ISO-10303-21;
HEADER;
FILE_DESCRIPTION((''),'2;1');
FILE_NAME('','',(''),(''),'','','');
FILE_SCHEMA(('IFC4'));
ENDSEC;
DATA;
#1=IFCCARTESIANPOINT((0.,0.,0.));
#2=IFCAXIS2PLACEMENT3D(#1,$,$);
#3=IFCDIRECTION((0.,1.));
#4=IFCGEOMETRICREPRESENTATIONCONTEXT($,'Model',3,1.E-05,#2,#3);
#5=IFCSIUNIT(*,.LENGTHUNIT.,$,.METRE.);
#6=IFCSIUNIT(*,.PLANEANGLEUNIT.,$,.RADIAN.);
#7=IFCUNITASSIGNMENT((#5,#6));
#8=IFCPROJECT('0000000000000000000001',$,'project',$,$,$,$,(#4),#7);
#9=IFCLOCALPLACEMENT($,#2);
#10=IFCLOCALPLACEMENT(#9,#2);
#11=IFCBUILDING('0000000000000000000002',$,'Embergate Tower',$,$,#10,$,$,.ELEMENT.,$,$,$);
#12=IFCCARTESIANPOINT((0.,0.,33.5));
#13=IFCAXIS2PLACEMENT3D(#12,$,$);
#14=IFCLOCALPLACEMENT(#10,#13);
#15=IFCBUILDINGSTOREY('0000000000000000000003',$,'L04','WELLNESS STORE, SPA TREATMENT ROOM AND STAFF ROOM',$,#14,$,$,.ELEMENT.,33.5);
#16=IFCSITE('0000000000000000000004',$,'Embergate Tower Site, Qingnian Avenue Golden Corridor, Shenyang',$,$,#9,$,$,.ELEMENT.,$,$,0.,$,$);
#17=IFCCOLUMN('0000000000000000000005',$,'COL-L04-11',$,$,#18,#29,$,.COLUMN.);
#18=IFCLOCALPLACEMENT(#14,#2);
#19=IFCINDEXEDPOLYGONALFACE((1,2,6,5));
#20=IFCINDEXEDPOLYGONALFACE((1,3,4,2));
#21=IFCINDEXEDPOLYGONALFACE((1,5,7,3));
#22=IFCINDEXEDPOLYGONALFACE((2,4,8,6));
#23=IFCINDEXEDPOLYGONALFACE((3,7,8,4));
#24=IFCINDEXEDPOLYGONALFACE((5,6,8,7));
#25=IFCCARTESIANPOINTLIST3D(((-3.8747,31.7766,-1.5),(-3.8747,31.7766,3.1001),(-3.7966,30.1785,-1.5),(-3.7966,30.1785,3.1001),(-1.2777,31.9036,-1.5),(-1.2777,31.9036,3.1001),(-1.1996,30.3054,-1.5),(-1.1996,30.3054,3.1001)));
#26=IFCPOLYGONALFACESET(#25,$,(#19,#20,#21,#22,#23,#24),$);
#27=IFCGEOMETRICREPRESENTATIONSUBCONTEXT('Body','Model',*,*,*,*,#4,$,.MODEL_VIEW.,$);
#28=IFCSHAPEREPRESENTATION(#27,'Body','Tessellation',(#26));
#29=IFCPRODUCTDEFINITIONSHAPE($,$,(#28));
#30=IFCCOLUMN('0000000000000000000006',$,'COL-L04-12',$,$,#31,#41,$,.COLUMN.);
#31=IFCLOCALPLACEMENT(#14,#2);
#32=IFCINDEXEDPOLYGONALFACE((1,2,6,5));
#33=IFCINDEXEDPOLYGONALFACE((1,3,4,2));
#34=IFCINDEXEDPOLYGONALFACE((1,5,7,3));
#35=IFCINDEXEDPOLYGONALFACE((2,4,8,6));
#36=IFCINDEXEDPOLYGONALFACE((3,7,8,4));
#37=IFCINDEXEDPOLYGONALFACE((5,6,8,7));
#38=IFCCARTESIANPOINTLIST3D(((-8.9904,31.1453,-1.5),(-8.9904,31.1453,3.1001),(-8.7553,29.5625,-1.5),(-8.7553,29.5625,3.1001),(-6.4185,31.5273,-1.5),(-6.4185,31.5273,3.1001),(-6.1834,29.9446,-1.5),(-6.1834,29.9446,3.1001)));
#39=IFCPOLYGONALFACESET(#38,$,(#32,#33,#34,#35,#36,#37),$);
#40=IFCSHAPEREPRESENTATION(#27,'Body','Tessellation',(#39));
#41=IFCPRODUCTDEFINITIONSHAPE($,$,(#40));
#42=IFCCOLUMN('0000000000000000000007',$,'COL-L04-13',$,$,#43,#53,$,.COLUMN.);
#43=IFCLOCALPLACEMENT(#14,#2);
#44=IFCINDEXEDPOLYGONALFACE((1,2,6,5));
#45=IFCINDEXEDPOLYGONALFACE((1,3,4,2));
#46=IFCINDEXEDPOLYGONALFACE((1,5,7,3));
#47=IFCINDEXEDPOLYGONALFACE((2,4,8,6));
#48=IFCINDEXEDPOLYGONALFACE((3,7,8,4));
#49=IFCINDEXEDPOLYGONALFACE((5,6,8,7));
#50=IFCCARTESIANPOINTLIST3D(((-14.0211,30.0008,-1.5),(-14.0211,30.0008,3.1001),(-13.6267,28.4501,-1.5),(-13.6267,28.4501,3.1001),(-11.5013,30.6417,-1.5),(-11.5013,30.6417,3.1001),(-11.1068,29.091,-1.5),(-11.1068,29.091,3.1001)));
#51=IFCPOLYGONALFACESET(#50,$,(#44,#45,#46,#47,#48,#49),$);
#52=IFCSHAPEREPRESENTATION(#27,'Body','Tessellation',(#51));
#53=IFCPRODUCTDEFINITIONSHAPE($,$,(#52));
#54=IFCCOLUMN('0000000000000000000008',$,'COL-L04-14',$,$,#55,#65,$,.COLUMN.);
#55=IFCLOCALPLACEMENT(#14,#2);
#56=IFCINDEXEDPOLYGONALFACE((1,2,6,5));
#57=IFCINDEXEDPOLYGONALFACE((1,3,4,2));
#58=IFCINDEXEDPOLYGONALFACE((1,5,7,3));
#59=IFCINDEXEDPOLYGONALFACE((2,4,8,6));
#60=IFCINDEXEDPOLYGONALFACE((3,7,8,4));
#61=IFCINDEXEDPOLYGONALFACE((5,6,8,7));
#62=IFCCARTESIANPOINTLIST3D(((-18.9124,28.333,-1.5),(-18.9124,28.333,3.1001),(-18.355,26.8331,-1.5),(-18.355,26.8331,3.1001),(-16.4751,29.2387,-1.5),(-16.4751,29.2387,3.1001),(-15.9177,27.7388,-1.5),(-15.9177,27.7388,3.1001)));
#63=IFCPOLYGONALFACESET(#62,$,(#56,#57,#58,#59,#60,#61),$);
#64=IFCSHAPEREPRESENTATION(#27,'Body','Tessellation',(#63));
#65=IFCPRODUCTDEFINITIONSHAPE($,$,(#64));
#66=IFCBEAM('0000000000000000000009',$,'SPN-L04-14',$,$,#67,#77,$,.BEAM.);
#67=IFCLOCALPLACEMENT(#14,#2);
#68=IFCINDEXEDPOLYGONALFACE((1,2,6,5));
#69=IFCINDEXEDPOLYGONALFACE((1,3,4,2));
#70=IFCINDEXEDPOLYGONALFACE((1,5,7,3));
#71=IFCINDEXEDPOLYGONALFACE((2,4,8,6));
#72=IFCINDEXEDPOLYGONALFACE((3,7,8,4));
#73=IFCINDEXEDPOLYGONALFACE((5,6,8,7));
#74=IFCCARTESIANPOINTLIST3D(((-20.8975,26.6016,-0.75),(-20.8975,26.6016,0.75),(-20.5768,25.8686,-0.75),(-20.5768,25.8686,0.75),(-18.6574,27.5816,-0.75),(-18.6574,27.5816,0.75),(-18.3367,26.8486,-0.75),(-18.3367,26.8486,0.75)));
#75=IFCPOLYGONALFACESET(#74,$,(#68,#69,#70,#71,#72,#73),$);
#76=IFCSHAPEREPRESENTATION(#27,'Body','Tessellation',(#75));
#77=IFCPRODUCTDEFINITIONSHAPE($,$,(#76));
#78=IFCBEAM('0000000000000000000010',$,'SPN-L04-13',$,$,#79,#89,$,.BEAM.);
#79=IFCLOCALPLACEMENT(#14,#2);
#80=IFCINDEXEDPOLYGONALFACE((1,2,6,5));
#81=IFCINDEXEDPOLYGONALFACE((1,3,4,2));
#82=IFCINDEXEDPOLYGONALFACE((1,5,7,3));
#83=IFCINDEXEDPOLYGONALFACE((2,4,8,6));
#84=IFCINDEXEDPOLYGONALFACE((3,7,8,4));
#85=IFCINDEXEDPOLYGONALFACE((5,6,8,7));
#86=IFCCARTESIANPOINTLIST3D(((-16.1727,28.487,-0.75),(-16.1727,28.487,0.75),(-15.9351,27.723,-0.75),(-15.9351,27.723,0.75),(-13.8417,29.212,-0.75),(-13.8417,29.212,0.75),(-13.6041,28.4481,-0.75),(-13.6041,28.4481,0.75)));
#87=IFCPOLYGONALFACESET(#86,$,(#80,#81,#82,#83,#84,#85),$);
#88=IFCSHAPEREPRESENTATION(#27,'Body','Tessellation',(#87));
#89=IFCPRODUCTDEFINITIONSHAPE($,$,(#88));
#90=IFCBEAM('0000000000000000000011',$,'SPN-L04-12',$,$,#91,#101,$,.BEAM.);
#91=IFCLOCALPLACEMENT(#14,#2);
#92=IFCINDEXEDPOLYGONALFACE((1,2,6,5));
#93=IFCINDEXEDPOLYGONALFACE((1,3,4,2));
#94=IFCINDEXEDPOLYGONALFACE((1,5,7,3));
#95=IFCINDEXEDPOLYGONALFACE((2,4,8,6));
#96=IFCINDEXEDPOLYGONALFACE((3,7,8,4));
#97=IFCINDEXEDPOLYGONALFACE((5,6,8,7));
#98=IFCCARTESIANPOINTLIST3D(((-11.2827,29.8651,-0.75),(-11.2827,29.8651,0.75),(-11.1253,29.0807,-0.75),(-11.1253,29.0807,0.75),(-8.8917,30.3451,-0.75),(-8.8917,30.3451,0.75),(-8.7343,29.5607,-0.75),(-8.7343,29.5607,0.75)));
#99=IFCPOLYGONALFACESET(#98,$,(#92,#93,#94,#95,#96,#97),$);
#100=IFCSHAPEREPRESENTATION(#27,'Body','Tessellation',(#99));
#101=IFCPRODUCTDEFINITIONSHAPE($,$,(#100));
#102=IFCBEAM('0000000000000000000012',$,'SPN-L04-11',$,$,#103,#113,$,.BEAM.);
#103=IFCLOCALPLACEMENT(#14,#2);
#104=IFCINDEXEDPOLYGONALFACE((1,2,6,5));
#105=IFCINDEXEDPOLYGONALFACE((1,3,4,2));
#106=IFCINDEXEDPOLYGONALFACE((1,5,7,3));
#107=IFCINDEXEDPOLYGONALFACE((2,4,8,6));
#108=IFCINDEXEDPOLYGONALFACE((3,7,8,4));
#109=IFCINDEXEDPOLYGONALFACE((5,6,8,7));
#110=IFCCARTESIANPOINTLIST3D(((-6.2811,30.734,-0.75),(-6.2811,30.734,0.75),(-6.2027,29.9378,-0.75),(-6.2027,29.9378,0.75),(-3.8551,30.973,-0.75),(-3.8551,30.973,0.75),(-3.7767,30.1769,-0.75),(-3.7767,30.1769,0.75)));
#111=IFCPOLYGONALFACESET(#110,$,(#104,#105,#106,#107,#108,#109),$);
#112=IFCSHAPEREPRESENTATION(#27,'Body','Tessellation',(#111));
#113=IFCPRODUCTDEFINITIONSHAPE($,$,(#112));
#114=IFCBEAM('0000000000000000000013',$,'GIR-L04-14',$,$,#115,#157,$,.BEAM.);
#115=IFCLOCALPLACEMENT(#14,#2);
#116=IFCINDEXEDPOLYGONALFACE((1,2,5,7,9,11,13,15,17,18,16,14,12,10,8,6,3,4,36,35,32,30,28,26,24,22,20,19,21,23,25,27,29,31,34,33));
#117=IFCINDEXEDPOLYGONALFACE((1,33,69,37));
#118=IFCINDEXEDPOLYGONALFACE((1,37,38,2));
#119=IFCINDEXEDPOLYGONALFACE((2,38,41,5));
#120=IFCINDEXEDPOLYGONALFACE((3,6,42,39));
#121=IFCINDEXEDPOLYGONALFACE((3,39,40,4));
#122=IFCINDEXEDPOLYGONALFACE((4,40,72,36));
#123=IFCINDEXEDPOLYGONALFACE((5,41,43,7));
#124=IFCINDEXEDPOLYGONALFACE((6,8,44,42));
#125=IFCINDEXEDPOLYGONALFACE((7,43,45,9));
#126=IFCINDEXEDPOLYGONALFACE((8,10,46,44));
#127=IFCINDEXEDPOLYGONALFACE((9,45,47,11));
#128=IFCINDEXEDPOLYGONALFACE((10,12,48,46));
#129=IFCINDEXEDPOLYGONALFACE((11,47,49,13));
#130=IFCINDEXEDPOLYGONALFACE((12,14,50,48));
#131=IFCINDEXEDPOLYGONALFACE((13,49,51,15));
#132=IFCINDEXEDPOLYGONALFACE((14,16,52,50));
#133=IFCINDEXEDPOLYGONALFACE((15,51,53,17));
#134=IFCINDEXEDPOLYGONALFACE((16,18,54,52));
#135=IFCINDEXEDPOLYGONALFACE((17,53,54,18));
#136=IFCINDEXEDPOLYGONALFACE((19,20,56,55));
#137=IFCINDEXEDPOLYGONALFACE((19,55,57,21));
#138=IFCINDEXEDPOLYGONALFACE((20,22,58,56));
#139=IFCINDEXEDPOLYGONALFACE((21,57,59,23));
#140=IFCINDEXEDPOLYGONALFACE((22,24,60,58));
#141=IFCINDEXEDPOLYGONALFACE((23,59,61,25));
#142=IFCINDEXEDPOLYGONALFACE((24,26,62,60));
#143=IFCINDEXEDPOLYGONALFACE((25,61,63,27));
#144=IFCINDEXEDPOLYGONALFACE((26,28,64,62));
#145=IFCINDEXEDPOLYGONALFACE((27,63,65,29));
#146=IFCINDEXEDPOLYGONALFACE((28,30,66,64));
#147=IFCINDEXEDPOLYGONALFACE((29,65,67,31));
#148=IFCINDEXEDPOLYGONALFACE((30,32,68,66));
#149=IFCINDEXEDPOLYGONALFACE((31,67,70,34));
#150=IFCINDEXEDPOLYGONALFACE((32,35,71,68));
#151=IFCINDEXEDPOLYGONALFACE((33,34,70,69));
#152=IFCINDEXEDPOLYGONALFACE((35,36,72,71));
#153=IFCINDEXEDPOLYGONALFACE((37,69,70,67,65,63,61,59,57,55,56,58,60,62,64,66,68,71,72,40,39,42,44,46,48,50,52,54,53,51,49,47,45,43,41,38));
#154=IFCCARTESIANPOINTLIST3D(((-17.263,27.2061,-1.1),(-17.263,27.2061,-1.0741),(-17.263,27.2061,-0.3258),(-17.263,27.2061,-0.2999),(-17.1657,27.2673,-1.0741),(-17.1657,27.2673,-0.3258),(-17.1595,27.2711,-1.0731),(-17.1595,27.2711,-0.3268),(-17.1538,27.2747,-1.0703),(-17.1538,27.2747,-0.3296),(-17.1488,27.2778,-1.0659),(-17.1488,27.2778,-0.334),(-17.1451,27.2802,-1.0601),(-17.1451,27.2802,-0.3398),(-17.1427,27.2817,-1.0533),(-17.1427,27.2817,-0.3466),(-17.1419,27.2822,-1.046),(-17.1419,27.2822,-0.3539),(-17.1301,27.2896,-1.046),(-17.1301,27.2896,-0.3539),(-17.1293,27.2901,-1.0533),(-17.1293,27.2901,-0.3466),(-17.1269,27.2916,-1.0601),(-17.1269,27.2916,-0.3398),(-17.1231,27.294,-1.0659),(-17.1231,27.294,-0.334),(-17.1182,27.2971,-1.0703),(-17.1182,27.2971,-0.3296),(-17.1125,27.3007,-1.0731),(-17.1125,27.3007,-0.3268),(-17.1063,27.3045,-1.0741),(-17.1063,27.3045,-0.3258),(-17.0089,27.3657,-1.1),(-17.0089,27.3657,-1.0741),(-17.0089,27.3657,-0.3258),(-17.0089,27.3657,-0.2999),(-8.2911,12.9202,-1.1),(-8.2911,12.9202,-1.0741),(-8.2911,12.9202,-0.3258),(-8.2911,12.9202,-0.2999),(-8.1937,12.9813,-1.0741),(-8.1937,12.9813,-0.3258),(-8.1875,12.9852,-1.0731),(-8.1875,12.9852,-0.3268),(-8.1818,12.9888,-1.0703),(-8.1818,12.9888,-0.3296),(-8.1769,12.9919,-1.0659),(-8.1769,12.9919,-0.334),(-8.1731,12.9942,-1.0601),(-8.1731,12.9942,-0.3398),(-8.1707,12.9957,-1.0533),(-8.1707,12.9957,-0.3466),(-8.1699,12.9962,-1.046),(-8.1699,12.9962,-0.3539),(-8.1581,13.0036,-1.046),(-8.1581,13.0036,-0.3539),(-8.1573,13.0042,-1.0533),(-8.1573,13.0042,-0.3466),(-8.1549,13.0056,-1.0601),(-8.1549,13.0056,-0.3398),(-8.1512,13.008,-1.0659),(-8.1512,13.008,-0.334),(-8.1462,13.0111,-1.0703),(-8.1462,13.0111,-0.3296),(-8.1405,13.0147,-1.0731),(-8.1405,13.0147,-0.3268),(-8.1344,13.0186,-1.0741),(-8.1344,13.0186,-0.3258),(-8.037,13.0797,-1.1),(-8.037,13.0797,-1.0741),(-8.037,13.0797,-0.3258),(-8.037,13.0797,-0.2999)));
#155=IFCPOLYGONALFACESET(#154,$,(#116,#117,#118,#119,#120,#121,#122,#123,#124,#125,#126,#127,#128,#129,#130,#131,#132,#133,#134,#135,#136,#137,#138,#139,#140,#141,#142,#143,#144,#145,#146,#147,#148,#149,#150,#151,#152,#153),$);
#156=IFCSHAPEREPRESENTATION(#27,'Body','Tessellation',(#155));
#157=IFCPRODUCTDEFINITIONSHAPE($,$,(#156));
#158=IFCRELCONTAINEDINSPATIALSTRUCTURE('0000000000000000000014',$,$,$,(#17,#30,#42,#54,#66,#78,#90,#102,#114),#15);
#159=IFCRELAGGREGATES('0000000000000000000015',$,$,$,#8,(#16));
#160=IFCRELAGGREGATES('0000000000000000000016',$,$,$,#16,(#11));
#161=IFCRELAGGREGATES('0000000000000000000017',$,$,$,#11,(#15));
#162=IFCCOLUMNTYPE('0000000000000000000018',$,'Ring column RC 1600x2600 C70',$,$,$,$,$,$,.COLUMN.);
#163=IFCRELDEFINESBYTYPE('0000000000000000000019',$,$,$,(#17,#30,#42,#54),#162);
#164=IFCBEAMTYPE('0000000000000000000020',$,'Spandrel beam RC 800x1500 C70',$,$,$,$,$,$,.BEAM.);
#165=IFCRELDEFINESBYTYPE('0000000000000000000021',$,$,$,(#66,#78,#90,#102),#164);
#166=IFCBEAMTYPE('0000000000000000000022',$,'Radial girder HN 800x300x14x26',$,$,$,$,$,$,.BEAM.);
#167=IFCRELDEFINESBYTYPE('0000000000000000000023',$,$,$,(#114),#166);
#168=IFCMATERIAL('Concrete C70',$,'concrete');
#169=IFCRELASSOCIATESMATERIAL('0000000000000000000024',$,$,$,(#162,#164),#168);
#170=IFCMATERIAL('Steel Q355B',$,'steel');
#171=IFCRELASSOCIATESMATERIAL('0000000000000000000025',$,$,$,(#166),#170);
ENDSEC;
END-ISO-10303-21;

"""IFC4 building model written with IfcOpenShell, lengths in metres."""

from ifc_helpers import new_model, si_unit, direction, frame, origin, origin_2d, place, context, subcontext, project, spatial, rectangle, i_section, extrude, source, transform, mapped, material, material_profile, profile_set, type_object, element, save


model = new_model("IFC4")

# Units and contexts
model_context = context("Model", 3, precision=1e-05, world=origin(), true_north=direction((0.0, 1.0)))
body_context = subcontext(model_context, "Body", "Model", "MODEL_VIEW")
ifc_project = project(units=[si_unit("LENGTHUNIT", "METRE"), si_unit("PLANEANGLEUNIT", "RADIAN")], contexts=[model_context])

# Site, building, storey
site_placement = place(None, origin())
site = spatial("IfcSite", under=ifc_project, at=site_placement, Name="Embergate Tower Site, Qingnian Avenue Golden Corridor, Shenyang", CompositionType="ELEMENT", RefElevation=0.0)
building_placement = place(site_placement, origin())
building = spatial("IfcBuilding", under=site, at=building_placement, Name="Embergate Tower", CompositionType="ELEMENT")
storey_placement = place(building_placement, frame((0.0, 0.0, 33.5)))
storey = spatial("IfcBuildingStorey", under=building, at=storey_placement, Name="L04", Description="WELLNESS STORE, SPA TREATMENT ROOM AND STAFF ROOM", CompositionType="ELEMENT", Elevation=33.5)

# Columns
ifc_material_1 = material(Name="Concrete C70", Category="concrete")
ifc_material_profile_1 = material_profile(ifc_material_1, rectangle(XDim=1.6001, YDim=2.6001, at=origin_2d()), Name="RC 1600x2600")
ifc_profile_set_1 = profile_set([ifc_material_profile_1], Name="Concrete C70")
column_type = type_object("IfcColumnType", Name="Ring column RC 1600x2600 C70", PredefinedType="COLUMN", material=ifc_profile_set_1)
shared_shape_1 = source(origin(), body_context, "Body", "SweptSolid", [
    extrude(rectangle(XDim=1.6001, YDim=2.6001, at=origin_2d()), origin(), (0.0, 0.0, 1.0), 4.6001),
])
for number, where, z_axis, x_axis, name in (
    (1, (-2.5371, 31.041, -1.5), (0.0, 0.0, 1.0), (-0.048815, 0.998808, 0.0), "COL-L04-11"),
    (2, (-7.5869, 30.5449, -1.5), (0.0, 0.0, 1.0), (-0.146929, 0.989147, 0.0), "COL-L04-12"),
    (3, (-12.564, 29.5459, -1.5), (0.0, 0.0, 1.0), (-0.246509, 0.969141, 0.0), "COL-L04-13"),
    (4, (-17.415, 28.0359, -1.5), (0.0, 0.0, 1.0), (-0.348343, 0.937367, 0.0), "COL-L04-14"),
):
    element("IfcColumn", number, at=place(storey_placement, frame(where, z_axis=z_axis, x_axis=x_axis)), inside=storey, type_object=column_type, Name=name, PredefinedType="COLUMN", context=body_context, shape_type="MappedRepresentation", body=[
        mapped(shared_shape_1, transform((0.0, 0.0, 0.0))),
    ])

# Beams
ifc_material_profile_2 = material_profile(ifc_material_1, rectangle(XDim=0.8, YDim=1.5, at=origin_2d()), Name="RC 800x1500")
ifc_profile_set_2 = profile_set([ifc_material_profile_2], Name="Concrete C70")
beam_type_1 = type_object("IfcBeamType", Name="Spandrel beam RC 800x1500 C70", PredefinedType="BEAM", material=ifc_profile_set_2)
shared_shape_2 = source(origin(), body_context, "Body", "SweptSolid", [
    extrude(rectangle(XDim=0.8, YDim=1.5, at=origin_2d()), origin(), (0.0, 0.0, 1.0), 2.4451),
])
beam_1_placement = place(storey_placement, frame((-18.4971, 27.2151, 0.0), z_axis=(-0.91616, -0.400814, 0.0), x_axis=(0.400814, -0.91616, 0.0)))
element("IfcBeam", 5, at=beam_1_placement, inside=storey, type_object=beam_type_1, Name="SPN-L04-14", PredefinedType="BEAM", context=body_context, shape_type="MappedRepresentation", body=[
    mapped(shared_shape_2, transform((0.0, 0.0, 0.0))),
])
shared_shape_3 = source(origin(), body_context, "Body", "SweptSolid", [
    extrude(rectangle(XDim=0.8, YDim=1.5, at=origin_2d()), origin(), (0.0, 0.0, 1.0), 2.4412),
])
beam_2_placement = place(storey_placement, frame((-13.7229, 28.8301, 0.0), z_axis=(-0.954871, -0.297022, 0.0), x_axis=(0.297022, -0.954871, 0.0)))
element("IfcBeam", 6, at=beam_2_placement, inside=storey, type_object=beam_type_1, Name="SPN-L04-13", PredefinedType="BEAM", context=body_context, shape_type="MappedRepresentation", body=[
    mapped(shared_shape_3, transform((0.0, 0.0, 0.0))),
])
shared_shape_4 = source(origin(), body_context, "Body", "SweptSolid", [
    extrude(rectangle(XDim=0.8, YDim=1.5, at=origin_2d()), origin(), (0.0, 0.0, 1.0), 2.4387),
])
beam_3_placement = place(storey_placement, frame((-8.813, 29.9529, 0.0), z_axis=(-0.980442, -0.196809, 0.0), x_axis=(0.196809, -0.980442, 0.0)))
element("IfcBeam", 7, at=beam_3_placement, inside=storey, type_object=beam_type_1, Name="SPN-L04-12", PredefinedType="BEAM", context=body_context, shape_type="MappedRepresentation", body=[
    mapped(shared_shape_4, transform((0.0, 0.0, 0.0))),
])
shared_shape_5 = source(origin(), body_context, "Body", "SweptSolid", [
    extrude(rectangle(XDim=0.8, YDim=1.5, at=origin_2d()), origin(), (0.0, 0.0, 1.0), 2.4377),
])
beam_4_placement = place(storey_placement, frame((-3.8159, 30.575, 0.0), z_axis=(-0.995182, -0.098046, 0.0), x_axis=(0.098046, -0.995182, 0.0)))
element("IfcBeam", 8, at=beam_4_placement, inside=storey, type_object=beam_type_1, Name="SPN-L04-11", PredefinedType="BEAM", context=body_context, shape_type="MappedRepresentation", body=[
    mapped(shared_shape_5, transform((0.0, 0.0, 0.0))),
])
ifc_material_2 = material(Name="Steel Q355B", Category="steel")
ifc_material_profile_3 = material_profile(ifc_material_2, i_section(OverallWidth=0.3, OverallDepth=0.8, WebThickness=0.0139, FlangeThickness=0.0259, FilletRadius=0.0281, at=origin_2d()), Name="HN 800x300x14x26")
ifc_profile_set_3 = profile_set([ifc_material_profile_3], Name="Steel Q355 grade B")
beam_type_2 = type_object("IfcBeamType", Name="Radial girder HN 800x300x14x26", PredefinedType="BEAM", material=ifc_profile_set_3)
shared_shape_6 = source(origin(), body_context, "Body", "SweptSolid", [
    extrude(i_section(OverallWidth=0.3, OverallDepth=0.8, WebThickness=0.0139, FlangeThickness=0.0259, FilletRadius=0.0281, at=origin_2d()), origin(), (0.0, 0.0, 1.0), 16.8696),
])
beam_5_placement = place(storey_placement, frame((-17.136, 27.2859, -0.7), z_axis=(0.531841, -0.846844, 0.0), x_axis=(0.846844, 0.531841, 0.0)))
element("IfcBeam", 9, at=beam_5_placement, inside=storey, type_object=beam_type_2, Name="GIR-L04-14", PredefinedType="BEAM", context=body_context, shape_type="MappedRepresentation", body=[
    mapped(shared_shape_6, transform((0.0, 0.0, 0.0))),
])

save(model, "model.ifc")
